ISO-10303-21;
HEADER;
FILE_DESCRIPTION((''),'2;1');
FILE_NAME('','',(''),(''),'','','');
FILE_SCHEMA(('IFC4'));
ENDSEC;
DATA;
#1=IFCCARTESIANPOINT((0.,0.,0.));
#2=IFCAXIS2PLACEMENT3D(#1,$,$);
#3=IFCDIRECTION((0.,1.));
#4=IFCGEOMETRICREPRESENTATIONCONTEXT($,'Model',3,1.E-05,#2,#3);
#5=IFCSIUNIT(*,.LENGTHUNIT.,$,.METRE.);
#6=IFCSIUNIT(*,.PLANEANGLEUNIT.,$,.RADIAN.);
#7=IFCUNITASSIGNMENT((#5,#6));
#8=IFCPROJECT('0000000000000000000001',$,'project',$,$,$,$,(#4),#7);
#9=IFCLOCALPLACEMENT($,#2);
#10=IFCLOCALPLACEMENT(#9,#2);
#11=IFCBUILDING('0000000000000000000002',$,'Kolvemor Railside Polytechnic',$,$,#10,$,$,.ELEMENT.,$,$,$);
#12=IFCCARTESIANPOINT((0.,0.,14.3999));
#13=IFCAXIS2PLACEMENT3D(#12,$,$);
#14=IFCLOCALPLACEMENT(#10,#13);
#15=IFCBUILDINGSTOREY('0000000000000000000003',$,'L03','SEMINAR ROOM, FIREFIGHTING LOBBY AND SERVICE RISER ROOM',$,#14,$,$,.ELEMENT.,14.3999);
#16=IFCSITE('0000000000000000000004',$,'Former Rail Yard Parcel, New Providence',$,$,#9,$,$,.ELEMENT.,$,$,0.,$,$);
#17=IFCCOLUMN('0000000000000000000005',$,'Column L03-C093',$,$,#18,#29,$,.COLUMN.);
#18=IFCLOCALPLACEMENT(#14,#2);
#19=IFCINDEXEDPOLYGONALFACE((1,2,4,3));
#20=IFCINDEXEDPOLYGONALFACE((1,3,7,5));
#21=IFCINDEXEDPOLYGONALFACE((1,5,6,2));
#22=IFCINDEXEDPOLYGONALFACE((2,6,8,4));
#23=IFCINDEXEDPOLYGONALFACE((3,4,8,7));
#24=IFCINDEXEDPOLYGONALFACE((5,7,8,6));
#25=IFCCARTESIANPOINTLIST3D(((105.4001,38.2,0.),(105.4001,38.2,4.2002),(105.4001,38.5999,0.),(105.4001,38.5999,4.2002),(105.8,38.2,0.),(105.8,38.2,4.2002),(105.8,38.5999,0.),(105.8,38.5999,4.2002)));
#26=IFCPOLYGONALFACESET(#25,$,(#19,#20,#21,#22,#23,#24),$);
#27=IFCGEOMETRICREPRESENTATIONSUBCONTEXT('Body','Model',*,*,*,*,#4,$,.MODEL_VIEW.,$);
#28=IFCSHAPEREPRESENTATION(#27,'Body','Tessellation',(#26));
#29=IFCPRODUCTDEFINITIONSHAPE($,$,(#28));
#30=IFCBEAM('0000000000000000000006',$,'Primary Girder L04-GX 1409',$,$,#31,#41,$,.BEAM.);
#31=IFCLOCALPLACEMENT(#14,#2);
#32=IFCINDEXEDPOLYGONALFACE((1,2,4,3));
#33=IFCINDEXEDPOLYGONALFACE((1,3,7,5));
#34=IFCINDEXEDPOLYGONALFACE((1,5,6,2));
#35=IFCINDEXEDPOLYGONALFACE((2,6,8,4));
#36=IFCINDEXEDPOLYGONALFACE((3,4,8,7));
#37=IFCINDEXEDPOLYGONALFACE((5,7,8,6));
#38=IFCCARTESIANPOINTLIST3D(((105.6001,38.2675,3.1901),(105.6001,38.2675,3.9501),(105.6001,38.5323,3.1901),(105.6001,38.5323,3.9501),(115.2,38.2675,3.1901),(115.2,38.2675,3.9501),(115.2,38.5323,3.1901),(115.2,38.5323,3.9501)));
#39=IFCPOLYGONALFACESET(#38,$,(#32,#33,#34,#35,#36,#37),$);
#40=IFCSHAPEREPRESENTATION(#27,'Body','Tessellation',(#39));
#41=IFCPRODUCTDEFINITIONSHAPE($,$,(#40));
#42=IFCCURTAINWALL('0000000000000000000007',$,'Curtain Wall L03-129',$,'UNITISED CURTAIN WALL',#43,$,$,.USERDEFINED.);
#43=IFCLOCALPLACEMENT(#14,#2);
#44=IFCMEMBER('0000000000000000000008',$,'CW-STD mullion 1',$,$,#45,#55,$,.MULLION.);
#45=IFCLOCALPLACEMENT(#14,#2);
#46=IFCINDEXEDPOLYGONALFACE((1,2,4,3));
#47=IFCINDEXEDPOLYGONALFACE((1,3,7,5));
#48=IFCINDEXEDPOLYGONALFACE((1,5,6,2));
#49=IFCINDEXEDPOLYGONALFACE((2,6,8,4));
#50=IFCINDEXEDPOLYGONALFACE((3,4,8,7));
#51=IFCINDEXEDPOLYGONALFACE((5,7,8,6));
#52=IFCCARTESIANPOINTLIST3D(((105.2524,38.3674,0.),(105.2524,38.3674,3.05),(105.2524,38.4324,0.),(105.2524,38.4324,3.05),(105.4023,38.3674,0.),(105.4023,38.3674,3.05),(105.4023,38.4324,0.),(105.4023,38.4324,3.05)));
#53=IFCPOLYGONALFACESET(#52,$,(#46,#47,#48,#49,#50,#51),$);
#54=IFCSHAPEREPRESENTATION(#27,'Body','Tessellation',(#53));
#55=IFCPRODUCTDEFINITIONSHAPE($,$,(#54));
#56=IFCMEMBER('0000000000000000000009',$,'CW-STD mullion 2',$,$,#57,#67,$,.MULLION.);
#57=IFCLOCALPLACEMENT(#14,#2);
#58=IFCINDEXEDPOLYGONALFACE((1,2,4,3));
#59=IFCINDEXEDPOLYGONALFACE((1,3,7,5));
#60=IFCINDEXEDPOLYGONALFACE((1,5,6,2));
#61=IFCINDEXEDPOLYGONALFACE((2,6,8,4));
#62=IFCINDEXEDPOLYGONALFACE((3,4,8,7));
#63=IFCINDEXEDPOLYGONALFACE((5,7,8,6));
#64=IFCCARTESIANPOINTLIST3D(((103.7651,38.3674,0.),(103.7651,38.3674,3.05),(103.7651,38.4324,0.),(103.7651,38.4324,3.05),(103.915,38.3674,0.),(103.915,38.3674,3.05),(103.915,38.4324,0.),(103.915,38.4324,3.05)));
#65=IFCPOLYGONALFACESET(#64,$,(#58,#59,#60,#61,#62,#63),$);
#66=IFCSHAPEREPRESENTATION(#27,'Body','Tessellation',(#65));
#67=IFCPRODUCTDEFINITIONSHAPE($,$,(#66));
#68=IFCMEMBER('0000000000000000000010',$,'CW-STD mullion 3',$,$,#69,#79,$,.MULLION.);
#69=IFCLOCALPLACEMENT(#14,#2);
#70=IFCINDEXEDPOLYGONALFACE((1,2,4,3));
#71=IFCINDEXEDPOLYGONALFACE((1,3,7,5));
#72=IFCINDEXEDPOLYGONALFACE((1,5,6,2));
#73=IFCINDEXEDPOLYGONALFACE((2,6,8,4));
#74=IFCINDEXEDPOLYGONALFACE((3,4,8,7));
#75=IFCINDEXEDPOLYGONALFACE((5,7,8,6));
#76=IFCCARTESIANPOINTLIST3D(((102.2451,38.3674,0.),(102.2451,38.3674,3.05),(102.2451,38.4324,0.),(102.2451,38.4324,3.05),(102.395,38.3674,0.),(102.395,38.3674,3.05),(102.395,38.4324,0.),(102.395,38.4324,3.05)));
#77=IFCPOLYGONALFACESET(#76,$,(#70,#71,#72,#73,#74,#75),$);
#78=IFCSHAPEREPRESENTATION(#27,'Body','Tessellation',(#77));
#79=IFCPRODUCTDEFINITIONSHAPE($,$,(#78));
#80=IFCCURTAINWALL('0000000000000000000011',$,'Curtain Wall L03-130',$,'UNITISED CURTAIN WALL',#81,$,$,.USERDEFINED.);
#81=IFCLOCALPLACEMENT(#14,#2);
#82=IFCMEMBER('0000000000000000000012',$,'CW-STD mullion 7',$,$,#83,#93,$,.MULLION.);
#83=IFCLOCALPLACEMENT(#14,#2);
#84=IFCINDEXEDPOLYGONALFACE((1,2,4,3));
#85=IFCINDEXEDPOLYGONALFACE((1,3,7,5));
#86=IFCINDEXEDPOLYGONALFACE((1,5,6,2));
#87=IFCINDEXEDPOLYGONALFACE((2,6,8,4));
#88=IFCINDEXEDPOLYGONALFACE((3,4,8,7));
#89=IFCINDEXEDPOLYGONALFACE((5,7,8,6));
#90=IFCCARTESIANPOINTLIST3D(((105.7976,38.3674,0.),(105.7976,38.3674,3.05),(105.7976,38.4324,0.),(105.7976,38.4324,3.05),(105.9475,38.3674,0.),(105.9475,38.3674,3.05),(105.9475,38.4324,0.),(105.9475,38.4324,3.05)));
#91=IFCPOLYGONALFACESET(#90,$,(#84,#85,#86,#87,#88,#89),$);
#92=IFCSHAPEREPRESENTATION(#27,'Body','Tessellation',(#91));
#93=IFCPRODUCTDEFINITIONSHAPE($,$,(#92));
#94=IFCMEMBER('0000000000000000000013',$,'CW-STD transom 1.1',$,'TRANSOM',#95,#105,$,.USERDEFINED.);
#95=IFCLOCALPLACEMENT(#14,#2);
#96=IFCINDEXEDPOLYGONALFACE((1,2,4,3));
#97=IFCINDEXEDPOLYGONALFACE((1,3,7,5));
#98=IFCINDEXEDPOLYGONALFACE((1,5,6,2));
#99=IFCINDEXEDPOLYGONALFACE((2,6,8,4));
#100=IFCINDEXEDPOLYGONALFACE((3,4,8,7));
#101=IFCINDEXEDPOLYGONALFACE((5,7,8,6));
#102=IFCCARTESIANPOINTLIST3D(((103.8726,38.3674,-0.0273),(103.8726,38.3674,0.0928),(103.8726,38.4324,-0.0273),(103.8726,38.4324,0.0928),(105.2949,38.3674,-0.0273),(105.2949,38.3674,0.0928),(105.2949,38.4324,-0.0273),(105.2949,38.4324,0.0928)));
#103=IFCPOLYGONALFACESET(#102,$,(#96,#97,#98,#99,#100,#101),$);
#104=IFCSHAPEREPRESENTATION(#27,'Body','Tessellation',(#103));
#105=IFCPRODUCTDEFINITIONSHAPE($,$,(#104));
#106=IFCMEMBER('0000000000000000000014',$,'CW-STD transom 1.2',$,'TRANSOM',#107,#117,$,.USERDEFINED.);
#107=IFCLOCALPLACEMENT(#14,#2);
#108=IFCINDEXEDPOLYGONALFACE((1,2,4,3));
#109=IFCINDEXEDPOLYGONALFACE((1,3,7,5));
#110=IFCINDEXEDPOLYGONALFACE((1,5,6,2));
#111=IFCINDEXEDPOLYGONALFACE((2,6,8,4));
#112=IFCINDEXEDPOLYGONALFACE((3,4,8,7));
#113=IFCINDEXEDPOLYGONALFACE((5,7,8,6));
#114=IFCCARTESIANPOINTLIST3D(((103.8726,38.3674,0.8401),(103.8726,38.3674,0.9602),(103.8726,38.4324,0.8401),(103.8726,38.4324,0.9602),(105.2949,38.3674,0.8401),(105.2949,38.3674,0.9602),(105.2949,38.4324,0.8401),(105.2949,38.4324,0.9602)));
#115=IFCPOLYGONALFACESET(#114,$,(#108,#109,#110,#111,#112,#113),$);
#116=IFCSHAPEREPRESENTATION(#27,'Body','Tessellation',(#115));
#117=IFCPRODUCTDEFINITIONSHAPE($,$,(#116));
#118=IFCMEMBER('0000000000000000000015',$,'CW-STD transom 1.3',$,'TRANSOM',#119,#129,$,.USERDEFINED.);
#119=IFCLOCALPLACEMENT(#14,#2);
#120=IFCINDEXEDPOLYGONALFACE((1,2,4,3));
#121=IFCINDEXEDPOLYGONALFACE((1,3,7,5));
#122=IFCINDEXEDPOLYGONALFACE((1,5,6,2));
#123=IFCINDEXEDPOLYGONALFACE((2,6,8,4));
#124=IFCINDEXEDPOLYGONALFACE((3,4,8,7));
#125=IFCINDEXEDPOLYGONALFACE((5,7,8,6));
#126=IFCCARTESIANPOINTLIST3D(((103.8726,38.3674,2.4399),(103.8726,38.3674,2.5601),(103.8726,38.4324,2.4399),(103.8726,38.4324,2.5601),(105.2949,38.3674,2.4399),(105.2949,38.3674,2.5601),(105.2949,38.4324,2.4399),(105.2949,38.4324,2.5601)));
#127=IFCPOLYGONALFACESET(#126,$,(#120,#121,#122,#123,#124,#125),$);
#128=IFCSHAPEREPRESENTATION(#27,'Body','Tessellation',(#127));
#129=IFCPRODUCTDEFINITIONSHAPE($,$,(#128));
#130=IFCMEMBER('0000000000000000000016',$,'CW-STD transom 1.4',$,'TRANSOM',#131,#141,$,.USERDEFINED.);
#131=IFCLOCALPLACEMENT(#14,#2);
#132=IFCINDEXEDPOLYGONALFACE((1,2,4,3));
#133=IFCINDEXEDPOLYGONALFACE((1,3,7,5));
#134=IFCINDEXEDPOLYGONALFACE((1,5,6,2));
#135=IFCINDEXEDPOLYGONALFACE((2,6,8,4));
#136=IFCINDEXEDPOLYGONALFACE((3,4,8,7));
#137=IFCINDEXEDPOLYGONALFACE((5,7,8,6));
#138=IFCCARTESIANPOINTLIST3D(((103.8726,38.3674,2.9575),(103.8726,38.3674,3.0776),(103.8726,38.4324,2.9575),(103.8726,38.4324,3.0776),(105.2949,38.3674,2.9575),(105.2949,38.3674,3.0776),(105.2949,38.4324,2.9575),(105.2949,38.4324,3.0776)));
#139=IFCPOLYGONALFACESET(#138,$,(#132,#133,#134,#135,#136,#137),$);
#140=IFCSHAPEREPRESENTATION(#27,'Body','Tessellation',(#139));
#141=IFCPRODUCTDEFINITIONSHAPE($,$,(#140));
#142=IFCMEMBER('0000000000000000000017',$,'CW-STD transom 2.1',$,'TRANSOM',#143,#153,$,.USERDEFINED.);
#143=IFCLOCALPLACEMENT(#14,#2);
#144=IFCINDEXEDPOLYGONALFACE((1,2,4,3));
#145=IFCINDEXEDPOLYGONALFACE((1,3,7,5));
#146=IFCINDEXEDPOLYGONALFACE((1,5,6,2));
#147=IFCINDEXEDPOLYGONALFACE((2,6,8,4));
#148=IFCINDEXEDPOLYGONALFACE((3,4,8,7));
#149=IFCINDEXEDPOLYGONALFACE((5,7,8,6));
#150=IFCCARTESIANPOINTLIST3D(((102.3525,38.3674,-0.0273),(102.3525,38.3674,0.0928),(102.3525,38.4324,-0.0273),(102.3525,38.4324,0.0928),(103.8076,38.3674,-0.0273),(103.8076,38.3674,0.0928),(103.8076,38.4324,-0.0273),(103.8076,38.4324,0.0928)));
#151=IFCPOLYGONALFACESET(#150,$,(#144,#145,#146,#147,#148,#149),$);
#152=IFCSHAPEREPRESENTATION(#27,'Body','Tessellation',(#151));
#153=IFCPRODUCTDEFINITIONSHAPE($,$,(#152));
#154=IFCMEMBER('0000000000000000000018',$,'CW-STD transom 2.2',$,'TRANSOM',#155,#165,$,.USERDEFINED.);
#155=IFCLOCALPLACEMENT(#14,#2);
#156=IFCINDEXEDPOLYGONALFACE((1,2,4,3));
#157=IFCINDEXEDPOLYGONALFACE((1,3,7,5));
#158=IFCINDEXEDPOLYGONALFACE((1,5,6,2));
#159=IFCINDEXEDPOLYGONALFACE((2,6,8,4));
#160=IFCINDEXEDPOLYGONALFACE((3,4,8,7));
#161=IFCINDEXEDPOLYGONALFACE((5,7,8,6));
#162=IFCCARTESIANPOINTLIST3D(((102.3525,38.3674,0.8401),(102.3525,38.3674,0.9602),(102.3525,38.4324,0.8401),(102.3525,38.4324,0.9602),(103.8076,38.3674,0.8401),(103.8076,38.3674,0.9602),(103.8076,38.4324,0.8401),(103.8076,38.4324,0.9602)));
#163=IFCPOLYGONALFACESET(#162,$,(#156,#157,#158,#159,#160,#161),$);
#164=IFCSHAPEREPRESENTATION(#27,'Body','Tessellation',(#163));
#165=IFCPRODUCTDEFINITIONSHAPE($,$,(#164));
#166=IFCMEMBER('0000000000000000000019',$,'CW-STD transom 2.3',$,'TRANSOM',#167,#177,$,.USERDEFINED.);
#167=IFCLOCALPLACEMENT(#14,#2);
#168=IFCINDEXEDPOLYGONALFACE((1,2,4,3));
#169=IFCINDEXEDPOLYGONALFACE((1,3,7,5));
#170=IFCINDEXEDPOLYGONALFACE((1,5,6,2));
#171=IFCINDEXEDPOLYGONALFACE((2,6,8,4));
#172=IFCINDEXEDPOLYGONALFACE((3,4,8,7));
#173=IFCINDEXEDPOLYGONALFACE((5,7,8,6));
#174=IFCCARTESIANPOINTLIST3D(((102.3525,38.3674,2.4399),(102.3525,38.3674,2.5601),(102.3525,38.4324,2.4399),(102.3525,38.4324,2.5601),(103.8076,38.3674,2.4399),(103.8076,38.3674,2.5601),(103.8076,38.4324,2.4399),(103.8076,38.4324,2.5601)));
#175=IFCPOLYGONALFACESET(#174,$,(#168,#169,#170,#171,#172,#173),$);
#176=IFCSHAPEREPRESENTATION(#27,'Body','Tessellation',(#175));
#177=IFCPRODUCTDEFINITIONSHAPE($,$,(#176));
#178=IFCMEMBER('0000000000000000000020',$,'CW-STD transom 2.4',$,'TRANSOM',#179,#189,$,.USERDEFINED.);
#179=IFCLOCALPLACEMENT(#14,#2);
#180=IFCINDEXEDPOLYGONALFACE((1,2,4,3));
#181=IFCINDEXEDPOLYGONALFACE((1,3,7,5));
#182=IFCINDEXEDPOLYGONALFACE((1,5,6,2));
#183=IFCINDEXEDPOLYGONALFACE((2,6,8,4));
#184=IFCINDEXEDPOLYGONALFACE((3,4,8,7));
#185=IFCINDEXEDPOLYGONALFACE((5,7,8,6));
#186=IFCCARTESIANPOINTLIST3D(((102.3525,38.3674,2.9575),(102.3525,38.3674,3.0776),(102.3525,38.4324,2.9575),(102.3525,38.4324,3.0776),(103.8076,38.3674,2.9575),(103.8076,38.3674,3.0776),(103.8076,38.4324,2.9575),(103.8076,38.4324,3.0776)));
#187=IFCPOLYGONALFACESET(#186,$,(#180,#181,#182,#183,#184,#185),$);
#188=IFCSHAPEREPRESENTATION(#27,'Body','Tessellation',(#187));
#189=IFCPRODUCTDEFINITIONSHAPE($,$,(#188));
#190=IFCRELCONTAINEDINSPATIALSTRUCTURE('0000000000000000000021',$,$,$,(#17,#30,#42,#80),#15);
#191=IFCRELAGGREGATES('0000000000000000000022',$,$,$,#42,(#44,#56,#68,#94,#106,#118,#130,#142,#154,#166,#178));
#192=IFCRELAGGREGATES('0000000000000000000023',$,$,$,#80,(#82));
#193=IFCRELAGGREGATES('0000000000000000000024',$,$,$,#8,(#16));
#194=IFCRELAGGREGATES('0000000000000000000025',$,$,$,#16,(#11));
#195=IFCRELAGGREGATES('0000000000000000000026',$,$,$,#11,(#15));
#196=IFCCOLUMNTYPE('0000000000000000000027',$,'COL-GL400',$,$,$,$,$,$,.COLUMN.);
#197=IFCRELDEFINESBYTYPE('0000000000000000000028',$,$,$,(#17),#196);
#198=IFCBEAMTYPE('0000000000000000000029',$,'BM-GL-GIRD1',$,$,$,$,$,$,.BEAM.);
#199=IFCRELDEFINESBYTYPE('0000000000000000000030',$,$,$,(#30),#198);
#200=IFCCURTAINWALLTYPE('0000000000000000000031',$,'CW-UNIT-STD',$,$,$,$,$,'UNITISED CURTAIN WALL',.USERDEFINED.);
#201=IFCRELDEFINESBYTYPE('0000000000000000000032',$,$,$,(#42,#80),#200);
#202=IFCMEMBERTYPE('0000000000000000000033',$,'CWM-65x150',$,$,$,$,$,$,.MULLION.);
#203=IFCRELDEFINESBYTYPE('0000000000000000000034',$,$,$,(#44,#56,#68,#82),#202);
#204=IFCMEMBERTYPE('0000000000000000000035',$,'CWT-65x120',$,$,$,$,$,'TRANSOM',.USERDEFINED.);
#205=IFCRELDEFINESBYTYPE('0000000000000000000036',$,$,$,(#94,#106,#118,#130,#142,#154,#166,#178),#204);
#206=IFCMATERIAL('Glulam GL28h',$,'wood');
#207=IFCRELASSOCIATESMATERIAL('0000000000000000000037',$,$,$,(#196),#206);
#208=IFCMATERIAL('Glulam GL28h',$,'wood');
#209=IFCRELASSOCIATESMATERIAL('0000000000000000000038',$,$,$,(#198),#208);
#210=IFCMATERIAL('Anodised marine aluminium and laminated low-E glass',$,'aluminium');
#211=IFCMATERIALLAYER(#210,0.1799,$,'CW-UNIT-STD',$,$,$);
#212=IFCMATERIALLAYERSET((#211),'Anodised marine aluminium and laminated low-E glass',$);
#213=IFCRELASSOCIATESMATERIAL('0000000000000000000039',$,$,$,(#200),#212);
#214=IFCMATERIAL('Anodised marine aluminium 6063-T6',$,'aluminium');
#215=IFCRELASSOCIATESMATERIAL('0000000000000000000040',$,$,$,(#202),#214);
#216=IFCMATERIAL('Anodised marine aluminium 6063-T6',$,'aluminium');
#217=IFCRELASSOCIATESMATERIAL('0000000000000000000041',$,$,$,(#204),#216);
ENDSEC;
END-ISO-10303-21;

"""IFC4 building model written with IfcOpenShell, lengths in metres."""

from ifc_helpers import new_model, si_unit, direction, frame, origin, origin_2d, place, context, subcontext, project, spatial, rectangle, extrude, material, layer, layer_set, material_profile, profile_set, type_object, element, aggregate, save


model = new_model("IFC4")

# Units and contexts
model_context = context("Model", 3, precision=1e-05, world=origin(), true_north=direction((0.0, 1.0)))
body_context = subcontext(model_context, "Body", "Model", "MODEL_VIEW")
ifc_project = project(units=[si_unit("LENGTHUNIT", "METRE"), si_unit("PLANEANGLEUNIT", "RADIAN")], contexts=[model_context])

# Site, building, storey
site_placement = place(None, origin())
site = spatial("IfcSite", under=ifc_project, at=site_placement, Name="Former Rail Yard Parcel, New Providence", CompositionType="ELEMENT", RefElevation=0.0)
building_placement = place(site_placement, origin())
building = spatial("IfcBuilding", under=site, at=building_placement, Name="Kolvemor Railside Polytechnic", CompositionType="ELEMENT")
storey_placement = place(building_placement, frame((0.0, 0.0, 14.3999)))
storey = spatial("IfcBuildingStorey", under=building, at=storey_placement, Name="L03", Description="SEMINAR ROOM, FIREFIGHTING LOBBY AND SERVICE RISER ROOM", CompositionType="ELEMENT", Elevation=14.3999)

# Column
ifc_material_1 = material(Name="Glulam GL28h", Category="wood")
ifc_material_profile_1 = material_profile(ifc_material_1, rectangle(XDim=0.3999, YDim=0.3999, at=origin_2d()), Name="GL400x400")
ifc_profile_set_1 = profile_set([ifc_material_profile_1], Name="Glulam GL28h")
column_type = type_object("IfcColumnType", Name="COL-GL400", PredefinedType="COLUMN", material=ifc_profile_set_1)
column_placement = place(storey_placement, frame((105.6001, 38.3999, 0.0), z_axis=(0.0, 0.0, 1.0), x_axis=(1.0, 0.0, 0.0)))
element("IfcColumn", 1, at=column_placement, inside=storey, type_object=column_type, Name="Column L03-C093", PredefinedType="COLUMN", context=body_context, shape_type="SweptSolid", body=[
    extrude(rectangle(XDim=0.3999, YDim=0.3999, at=origin_2d()), origin(), (0.0, 0.0, 1.0), 4.2002),
])

# Beam
ifc_material_2 = material(Name="Glulam GL28h", Category="wood")
ifc_material_profile_2 = material_profile(ifc_material_2, rectangle(XDim=0.2649, YDim=0.76, at=origin_2d()), Name="GL265x760")
ifc_profile_set_2 = profile_set([ifc_material_profile_2], Name="Glulam GL28h")
beam_type = type_object("IfcBeamType", Name="BM-GL-GIRD1", PredefinedType="BEAM", material=ifc_profile_set_2)
beam_placement = place(storey_placement, frame((105.6001, 38.3999, 3.5701), z_axis=(1.0, 0.0, 0.0), x_axis=(0.0, 1.0, 0.0)))
element("IfcBeam", 2, at=beam_placement, inside=storey, type_object=beam_type, Name="Primary Girder L04-GX 1409", PredefinedType="BEAM", context=body_context, shape_type="SweptSolid", body=[
    extrude(rectangle(XDim=0.2649, YDim=0.76, at=origin_2d()), origin(), (0.0, 0.0, 1.0), 9.5999),
])

# Curtain wall, members
ifc_material_3 = material(Name="Anodised marine aluminium and laminated low-E glass", Category="aluminium")
ifc_layer_1 = layer(ifc_material_3, 0.1799, Name="CW-UNIT-STD")
ifc_layer_set_1 = layer_set([ifc_layer_1], Name="Anodised marine aluminium and laminated low-E glass")
curtain_wall_type = type_object("IfcCurtainWallType", Name="CW-UNIT-STD", ElementType="UNITISED CURTAIN WALL", PredefinedType="USERDEFINED", material=ifc_layer_set_1)
curtain_wall_1_placement = place(storey_placement, origin())
curtain_wall_1 = element("IfcCurtainWall", 3, at=curtain_wall_1_placement, inside=storey, type_object=curtain_wall_type, Name="Curtain Wall L03-129", ObjectType="UNITISED CURTAIN WALL", PredefinedType="USERDEFINED")
ifc_material_4 = material(Name="Anodised marine aluminium 6063-T6", Category="aluminium")
ifc_material_profile_3 = material_profile(ifc_material_4, rectangle(XDim=0.0649, YDim=0.1499, at=origin_2d()), Name="CW-MUL-65x150")
ifc_profile_set_3 = profile_set([ifc_material_profile_3], Name="Anodised marine aluminium 6063-T6")
member_type_1 = type_object("IfcMemberType", Name="CWM-65x150", PredefinedType="MULLION", material=ifc_profile_set_3)
member_1_placement = place(storey_placement, frame((105.3274, 38.3999, 0.0), z_axis=(0.0, 0.0, 1.0), x_axis=(0.0, -1.0, 0.0)))
member_1 = element("IfcMember", 4, at=member_1_placement, type_object=member_type_1, Name="CW-STD mullion 1", PredefinedType="MULLION", context=body_context, shape_type="SweptSolid", body=[
    extrude(rectangle(XDim=0.0649, YDim=0.1499, at=origin_2d()), origin(), (0.0, 0.0, 1.0), 3.05),
])
member_2_placement = place(storey_placement, frame((103.8401, 38.3999, 0.0), z_axis=(0.0, 0.0, 1.0), x_axis=(0.0, -1.0, 0.0)))
member_2 = element("IfcMember", 5, at=member_2_placement, type_object=member_type_1, Name="CW-STD mullion 2", PredefinedType="MULLION", context=body_context, shape_type="SweptSolid", body=[
    extrude(rectangle(XDim=0.0649, YDim=0.1499, at=origin_2d()), origin(), (0.0, 0.0, 1.0), 3.05),
])
member_3_placement = place(storey_placement, frame((102.3201, 38.3999, 0.0), z_axis=(0.0, 0.0, 1.0), x_axis=(0.0, -1.0, 0.0)))
member_3 = element("IfcMember", 6, at=member_3_placement, type_object=member_type_1, Name="CW-STD mullion 3", PredefinedType="MULLION", context=body_context, shape_type="SweptSolid", body=[
    extrude(rectangle(XDim=0.0649, YDim=0.1499, at=origin_2d()), origin(), (0.0, 0.0, 1.0), 3.05),
])

# Curtain wall, member
curtain_wall_2_placement = place(storey_placement, origin())
curtain_wall_2 = element("IfcCurtainWall", 7, at=curtain_wall_2_placement, inside=storey, type_object=curtain_wall_type, Name="Curtain Wall L03-130", ObjectType="UNITISED CURTAIN WALL", PredefinedType="USERDEFINED")
member_4_placement = place(storey_placement, frame((105.8726, 38.3999, 0.0), z_axis=(0.0, 0.0, 1.0), x_axis=(0.0, -1.0, 0.0)))
member_4 = element("IfcMember", 8, at=member_4_placement, type_object=member_type_1, Name="CW-STD mullion 7", PredefinedType="MULLION", context=body_context, shape_type="SweptSolid", body=[
    extrude(rectangle(XDim=0.0649, YDim=0.1499, at=origin_2d()), origin(), (0.0, 0.0, 1.0), 3.05),
])

# Members
ifc_material_5 = material(Name="Anodised marine aluminium 6063-T6", Category="aluminium")
ifc_material_profile_4 = material_profile(ifc_material_5, rectangle(XDim=0.0649, YDim=0.1201, at=origin_2d()), Name="CW-TRN-65x120")
ifc_profile_set_4 = profile_set([ifc_material_profile_4], Name="Anodised marine aluminium 6063-T6")
member_type_2 = type_object("IfcMemberType", Name="CWT-65x120", ElementType="TRANSOM", PredefinedType="USERDEFINED", material=ifc_profile_set_4)
member_5_placement = place(storey_placement, frame((105.2949, 38.3999, 0.0327), z_axis=(-1.0, 0.0, 0.0), x_axis=(0.0, -1.0, 0.0)))
member_5 = element("IfcMember", 9, at=member_5_placement, type_object=member_type_2, Name="CW-STD transom 1.1", ObjectType="TRANSOM", PredefinedType="USERDEFINED", context=body_context, shape_type="SweptSolid", body=[
    extrude(rectangle(XDim=0.0649, YDim=0.1201, at=origin_2d()), origin(), (0.0, 0.0, 1.0), 1.4224),
])
member_6_placement = place(storey_placement, frame((105.2949, 38.3999, 0.9001), z_axis=(-1.0, 0.0, 0.0), x_axis=(0.0, -1.0, 0.0)))
member_6 = element("IfcMember", 10, at=member_6_placement, type_object=member_type_2, Name="CW-STD transom 1.2", ObjectType="TRANSOM", PredefinedType="USERDEFINED", context=body_context, shape_type="SweptSolid", body=[
    extrude(rectangle(XDim=0.0649, YDim=0.1201, at=origin_2d()), origin(), (0.0, 0.0, 1.0), 1.4224),
])
member_7_placement = place(storey_placement, frame((105.2949, 38.3999, 2.5), z_axis=(-1.0, 0.0, 0.0), x_axis=(0.0, -1.0, 0.0)))
member_7 = element("IfcMember", 11, at=member_7_placement, type_object=member_type_2, Name="CW-STD transom 1.3", ObjectType="TRANSOM", PredefinedType="USERDEFINED", context=body_context, shape_type="SweptSolid", body=[
    extrude(rectangle(XDim=0.0649, YDim=0.1201, at=origin_2d()), origin(), (0.0, 0.0, 1.0), 1.4224),
])
member_8_placement = place(storey_placement, frame((105.2949, 38.3999, 3.0176), z_axis=(-1.0, 0.0, 0.0), x_axis=(0.0, -1.0, 0.0)))
member_8 = element("IfcMember", 12, at=member_8_placement, type_object=member_type_2, Name="CW-STD transom 1.4", ObjectType="TRANSOM", PredefinedType="USERDEFINED", context=body_context, shape_type="SweptSolid", body=[
    extrude(rectangle(XDim=0.0649, YDim=0.1201, at=origin_2d()), origin(), (0.0, 0.0, 1.0), 1.4224),
])
member_9_placement = place(storey_placement, frame((103.8076, 38.3999, 0.0327), z_axis=(-1.0, 0.0, 0.0), x_axis=(0.0, -1.0, 0.0)))
member_9 = element("IfcMember", 13, at=member_9_placement, type_object=member_type_2, Name="CW-STD transom 2.1", ObjectType="TRANSOM", PredefinedType="USERDEFINED", context=body_context, shape_type="SweptSolid", body=[
    extrude(rectangle(XDim=0.0649, YDim=0.1201, at=origin_2d()), origin(), (0.0, 0.0, 1.0), 1.4551),
])
member_10_placement = place(storey_placement, frame((103.8076, 38.3999, 0.9001), z_axis=(-1.0, 0.0, 0.0), x_axis=(0.0, -1.0, 0.0)))
member_10 = element("IfcMember", 14, at=member_10_placement, type_object=member_type_2, Name="CW-STD transom 2.2", ObjectType="TRANSOM", PredefinedType="USERDEFINED", context=body_context, shape_type="SweptSolid", body=[
    extrude(rectangle(XDim=0.0649, YDim=0.1201, at=origin_2d()), origin(), (0.0, 0.0, 1.0), 1.4551),
])
member_11_placement = place(storey_placement, frame((103.8076, 38.3999, 2.5), z_axis=(-1.0, 0.0, 0.0), x_axis=(0.0, -1.0, 0.0)))
member_11 = element("IfcMember", 15, at=member_11_placement, type_object=member_type_2, Name="CW-STD transom 2.3", ObjectType="TRANSOM", PredefinedType="USERDEFINED", context=body_context, shape_type="SweptSolid", body=[
    extrude(rectangle(XDim=0.0649, YDim=0.1201, at=origin_2d()), origin(), (0.0, 0.0, 1.0), 1.4551),
])
member_12_placement = place(storey_placement, frame((103.8076, 38.3999, 3.0176), z_axis=(-1.0, 0.0, 0.0), x_axis=(0.0, -1.0, 0.0)))
member_12 = element("IfcMember", 16, at=member_12_placement, type_object=member_type_2, Name="CW-STD transom 2.4", ObjectType="TRANSOM", PredefinedType="USERDEFINED", context=body_context, shape_type="SweptSolid", body=[
    extrude(rectangle(XDim=0.0649, YDim=0.1201, at=origin_2d()), origin(), (0.0, 0.0, 1.0), 1.4551),
])

aggregate(curtain_wall_1, [member_1, member_2, member_3, member_5, member_6, member_7, member_8, member_9, member_10, member_11, member_12])
aggregate(curtain_wall_2, [member_4])

save(model, "model.ifc")
